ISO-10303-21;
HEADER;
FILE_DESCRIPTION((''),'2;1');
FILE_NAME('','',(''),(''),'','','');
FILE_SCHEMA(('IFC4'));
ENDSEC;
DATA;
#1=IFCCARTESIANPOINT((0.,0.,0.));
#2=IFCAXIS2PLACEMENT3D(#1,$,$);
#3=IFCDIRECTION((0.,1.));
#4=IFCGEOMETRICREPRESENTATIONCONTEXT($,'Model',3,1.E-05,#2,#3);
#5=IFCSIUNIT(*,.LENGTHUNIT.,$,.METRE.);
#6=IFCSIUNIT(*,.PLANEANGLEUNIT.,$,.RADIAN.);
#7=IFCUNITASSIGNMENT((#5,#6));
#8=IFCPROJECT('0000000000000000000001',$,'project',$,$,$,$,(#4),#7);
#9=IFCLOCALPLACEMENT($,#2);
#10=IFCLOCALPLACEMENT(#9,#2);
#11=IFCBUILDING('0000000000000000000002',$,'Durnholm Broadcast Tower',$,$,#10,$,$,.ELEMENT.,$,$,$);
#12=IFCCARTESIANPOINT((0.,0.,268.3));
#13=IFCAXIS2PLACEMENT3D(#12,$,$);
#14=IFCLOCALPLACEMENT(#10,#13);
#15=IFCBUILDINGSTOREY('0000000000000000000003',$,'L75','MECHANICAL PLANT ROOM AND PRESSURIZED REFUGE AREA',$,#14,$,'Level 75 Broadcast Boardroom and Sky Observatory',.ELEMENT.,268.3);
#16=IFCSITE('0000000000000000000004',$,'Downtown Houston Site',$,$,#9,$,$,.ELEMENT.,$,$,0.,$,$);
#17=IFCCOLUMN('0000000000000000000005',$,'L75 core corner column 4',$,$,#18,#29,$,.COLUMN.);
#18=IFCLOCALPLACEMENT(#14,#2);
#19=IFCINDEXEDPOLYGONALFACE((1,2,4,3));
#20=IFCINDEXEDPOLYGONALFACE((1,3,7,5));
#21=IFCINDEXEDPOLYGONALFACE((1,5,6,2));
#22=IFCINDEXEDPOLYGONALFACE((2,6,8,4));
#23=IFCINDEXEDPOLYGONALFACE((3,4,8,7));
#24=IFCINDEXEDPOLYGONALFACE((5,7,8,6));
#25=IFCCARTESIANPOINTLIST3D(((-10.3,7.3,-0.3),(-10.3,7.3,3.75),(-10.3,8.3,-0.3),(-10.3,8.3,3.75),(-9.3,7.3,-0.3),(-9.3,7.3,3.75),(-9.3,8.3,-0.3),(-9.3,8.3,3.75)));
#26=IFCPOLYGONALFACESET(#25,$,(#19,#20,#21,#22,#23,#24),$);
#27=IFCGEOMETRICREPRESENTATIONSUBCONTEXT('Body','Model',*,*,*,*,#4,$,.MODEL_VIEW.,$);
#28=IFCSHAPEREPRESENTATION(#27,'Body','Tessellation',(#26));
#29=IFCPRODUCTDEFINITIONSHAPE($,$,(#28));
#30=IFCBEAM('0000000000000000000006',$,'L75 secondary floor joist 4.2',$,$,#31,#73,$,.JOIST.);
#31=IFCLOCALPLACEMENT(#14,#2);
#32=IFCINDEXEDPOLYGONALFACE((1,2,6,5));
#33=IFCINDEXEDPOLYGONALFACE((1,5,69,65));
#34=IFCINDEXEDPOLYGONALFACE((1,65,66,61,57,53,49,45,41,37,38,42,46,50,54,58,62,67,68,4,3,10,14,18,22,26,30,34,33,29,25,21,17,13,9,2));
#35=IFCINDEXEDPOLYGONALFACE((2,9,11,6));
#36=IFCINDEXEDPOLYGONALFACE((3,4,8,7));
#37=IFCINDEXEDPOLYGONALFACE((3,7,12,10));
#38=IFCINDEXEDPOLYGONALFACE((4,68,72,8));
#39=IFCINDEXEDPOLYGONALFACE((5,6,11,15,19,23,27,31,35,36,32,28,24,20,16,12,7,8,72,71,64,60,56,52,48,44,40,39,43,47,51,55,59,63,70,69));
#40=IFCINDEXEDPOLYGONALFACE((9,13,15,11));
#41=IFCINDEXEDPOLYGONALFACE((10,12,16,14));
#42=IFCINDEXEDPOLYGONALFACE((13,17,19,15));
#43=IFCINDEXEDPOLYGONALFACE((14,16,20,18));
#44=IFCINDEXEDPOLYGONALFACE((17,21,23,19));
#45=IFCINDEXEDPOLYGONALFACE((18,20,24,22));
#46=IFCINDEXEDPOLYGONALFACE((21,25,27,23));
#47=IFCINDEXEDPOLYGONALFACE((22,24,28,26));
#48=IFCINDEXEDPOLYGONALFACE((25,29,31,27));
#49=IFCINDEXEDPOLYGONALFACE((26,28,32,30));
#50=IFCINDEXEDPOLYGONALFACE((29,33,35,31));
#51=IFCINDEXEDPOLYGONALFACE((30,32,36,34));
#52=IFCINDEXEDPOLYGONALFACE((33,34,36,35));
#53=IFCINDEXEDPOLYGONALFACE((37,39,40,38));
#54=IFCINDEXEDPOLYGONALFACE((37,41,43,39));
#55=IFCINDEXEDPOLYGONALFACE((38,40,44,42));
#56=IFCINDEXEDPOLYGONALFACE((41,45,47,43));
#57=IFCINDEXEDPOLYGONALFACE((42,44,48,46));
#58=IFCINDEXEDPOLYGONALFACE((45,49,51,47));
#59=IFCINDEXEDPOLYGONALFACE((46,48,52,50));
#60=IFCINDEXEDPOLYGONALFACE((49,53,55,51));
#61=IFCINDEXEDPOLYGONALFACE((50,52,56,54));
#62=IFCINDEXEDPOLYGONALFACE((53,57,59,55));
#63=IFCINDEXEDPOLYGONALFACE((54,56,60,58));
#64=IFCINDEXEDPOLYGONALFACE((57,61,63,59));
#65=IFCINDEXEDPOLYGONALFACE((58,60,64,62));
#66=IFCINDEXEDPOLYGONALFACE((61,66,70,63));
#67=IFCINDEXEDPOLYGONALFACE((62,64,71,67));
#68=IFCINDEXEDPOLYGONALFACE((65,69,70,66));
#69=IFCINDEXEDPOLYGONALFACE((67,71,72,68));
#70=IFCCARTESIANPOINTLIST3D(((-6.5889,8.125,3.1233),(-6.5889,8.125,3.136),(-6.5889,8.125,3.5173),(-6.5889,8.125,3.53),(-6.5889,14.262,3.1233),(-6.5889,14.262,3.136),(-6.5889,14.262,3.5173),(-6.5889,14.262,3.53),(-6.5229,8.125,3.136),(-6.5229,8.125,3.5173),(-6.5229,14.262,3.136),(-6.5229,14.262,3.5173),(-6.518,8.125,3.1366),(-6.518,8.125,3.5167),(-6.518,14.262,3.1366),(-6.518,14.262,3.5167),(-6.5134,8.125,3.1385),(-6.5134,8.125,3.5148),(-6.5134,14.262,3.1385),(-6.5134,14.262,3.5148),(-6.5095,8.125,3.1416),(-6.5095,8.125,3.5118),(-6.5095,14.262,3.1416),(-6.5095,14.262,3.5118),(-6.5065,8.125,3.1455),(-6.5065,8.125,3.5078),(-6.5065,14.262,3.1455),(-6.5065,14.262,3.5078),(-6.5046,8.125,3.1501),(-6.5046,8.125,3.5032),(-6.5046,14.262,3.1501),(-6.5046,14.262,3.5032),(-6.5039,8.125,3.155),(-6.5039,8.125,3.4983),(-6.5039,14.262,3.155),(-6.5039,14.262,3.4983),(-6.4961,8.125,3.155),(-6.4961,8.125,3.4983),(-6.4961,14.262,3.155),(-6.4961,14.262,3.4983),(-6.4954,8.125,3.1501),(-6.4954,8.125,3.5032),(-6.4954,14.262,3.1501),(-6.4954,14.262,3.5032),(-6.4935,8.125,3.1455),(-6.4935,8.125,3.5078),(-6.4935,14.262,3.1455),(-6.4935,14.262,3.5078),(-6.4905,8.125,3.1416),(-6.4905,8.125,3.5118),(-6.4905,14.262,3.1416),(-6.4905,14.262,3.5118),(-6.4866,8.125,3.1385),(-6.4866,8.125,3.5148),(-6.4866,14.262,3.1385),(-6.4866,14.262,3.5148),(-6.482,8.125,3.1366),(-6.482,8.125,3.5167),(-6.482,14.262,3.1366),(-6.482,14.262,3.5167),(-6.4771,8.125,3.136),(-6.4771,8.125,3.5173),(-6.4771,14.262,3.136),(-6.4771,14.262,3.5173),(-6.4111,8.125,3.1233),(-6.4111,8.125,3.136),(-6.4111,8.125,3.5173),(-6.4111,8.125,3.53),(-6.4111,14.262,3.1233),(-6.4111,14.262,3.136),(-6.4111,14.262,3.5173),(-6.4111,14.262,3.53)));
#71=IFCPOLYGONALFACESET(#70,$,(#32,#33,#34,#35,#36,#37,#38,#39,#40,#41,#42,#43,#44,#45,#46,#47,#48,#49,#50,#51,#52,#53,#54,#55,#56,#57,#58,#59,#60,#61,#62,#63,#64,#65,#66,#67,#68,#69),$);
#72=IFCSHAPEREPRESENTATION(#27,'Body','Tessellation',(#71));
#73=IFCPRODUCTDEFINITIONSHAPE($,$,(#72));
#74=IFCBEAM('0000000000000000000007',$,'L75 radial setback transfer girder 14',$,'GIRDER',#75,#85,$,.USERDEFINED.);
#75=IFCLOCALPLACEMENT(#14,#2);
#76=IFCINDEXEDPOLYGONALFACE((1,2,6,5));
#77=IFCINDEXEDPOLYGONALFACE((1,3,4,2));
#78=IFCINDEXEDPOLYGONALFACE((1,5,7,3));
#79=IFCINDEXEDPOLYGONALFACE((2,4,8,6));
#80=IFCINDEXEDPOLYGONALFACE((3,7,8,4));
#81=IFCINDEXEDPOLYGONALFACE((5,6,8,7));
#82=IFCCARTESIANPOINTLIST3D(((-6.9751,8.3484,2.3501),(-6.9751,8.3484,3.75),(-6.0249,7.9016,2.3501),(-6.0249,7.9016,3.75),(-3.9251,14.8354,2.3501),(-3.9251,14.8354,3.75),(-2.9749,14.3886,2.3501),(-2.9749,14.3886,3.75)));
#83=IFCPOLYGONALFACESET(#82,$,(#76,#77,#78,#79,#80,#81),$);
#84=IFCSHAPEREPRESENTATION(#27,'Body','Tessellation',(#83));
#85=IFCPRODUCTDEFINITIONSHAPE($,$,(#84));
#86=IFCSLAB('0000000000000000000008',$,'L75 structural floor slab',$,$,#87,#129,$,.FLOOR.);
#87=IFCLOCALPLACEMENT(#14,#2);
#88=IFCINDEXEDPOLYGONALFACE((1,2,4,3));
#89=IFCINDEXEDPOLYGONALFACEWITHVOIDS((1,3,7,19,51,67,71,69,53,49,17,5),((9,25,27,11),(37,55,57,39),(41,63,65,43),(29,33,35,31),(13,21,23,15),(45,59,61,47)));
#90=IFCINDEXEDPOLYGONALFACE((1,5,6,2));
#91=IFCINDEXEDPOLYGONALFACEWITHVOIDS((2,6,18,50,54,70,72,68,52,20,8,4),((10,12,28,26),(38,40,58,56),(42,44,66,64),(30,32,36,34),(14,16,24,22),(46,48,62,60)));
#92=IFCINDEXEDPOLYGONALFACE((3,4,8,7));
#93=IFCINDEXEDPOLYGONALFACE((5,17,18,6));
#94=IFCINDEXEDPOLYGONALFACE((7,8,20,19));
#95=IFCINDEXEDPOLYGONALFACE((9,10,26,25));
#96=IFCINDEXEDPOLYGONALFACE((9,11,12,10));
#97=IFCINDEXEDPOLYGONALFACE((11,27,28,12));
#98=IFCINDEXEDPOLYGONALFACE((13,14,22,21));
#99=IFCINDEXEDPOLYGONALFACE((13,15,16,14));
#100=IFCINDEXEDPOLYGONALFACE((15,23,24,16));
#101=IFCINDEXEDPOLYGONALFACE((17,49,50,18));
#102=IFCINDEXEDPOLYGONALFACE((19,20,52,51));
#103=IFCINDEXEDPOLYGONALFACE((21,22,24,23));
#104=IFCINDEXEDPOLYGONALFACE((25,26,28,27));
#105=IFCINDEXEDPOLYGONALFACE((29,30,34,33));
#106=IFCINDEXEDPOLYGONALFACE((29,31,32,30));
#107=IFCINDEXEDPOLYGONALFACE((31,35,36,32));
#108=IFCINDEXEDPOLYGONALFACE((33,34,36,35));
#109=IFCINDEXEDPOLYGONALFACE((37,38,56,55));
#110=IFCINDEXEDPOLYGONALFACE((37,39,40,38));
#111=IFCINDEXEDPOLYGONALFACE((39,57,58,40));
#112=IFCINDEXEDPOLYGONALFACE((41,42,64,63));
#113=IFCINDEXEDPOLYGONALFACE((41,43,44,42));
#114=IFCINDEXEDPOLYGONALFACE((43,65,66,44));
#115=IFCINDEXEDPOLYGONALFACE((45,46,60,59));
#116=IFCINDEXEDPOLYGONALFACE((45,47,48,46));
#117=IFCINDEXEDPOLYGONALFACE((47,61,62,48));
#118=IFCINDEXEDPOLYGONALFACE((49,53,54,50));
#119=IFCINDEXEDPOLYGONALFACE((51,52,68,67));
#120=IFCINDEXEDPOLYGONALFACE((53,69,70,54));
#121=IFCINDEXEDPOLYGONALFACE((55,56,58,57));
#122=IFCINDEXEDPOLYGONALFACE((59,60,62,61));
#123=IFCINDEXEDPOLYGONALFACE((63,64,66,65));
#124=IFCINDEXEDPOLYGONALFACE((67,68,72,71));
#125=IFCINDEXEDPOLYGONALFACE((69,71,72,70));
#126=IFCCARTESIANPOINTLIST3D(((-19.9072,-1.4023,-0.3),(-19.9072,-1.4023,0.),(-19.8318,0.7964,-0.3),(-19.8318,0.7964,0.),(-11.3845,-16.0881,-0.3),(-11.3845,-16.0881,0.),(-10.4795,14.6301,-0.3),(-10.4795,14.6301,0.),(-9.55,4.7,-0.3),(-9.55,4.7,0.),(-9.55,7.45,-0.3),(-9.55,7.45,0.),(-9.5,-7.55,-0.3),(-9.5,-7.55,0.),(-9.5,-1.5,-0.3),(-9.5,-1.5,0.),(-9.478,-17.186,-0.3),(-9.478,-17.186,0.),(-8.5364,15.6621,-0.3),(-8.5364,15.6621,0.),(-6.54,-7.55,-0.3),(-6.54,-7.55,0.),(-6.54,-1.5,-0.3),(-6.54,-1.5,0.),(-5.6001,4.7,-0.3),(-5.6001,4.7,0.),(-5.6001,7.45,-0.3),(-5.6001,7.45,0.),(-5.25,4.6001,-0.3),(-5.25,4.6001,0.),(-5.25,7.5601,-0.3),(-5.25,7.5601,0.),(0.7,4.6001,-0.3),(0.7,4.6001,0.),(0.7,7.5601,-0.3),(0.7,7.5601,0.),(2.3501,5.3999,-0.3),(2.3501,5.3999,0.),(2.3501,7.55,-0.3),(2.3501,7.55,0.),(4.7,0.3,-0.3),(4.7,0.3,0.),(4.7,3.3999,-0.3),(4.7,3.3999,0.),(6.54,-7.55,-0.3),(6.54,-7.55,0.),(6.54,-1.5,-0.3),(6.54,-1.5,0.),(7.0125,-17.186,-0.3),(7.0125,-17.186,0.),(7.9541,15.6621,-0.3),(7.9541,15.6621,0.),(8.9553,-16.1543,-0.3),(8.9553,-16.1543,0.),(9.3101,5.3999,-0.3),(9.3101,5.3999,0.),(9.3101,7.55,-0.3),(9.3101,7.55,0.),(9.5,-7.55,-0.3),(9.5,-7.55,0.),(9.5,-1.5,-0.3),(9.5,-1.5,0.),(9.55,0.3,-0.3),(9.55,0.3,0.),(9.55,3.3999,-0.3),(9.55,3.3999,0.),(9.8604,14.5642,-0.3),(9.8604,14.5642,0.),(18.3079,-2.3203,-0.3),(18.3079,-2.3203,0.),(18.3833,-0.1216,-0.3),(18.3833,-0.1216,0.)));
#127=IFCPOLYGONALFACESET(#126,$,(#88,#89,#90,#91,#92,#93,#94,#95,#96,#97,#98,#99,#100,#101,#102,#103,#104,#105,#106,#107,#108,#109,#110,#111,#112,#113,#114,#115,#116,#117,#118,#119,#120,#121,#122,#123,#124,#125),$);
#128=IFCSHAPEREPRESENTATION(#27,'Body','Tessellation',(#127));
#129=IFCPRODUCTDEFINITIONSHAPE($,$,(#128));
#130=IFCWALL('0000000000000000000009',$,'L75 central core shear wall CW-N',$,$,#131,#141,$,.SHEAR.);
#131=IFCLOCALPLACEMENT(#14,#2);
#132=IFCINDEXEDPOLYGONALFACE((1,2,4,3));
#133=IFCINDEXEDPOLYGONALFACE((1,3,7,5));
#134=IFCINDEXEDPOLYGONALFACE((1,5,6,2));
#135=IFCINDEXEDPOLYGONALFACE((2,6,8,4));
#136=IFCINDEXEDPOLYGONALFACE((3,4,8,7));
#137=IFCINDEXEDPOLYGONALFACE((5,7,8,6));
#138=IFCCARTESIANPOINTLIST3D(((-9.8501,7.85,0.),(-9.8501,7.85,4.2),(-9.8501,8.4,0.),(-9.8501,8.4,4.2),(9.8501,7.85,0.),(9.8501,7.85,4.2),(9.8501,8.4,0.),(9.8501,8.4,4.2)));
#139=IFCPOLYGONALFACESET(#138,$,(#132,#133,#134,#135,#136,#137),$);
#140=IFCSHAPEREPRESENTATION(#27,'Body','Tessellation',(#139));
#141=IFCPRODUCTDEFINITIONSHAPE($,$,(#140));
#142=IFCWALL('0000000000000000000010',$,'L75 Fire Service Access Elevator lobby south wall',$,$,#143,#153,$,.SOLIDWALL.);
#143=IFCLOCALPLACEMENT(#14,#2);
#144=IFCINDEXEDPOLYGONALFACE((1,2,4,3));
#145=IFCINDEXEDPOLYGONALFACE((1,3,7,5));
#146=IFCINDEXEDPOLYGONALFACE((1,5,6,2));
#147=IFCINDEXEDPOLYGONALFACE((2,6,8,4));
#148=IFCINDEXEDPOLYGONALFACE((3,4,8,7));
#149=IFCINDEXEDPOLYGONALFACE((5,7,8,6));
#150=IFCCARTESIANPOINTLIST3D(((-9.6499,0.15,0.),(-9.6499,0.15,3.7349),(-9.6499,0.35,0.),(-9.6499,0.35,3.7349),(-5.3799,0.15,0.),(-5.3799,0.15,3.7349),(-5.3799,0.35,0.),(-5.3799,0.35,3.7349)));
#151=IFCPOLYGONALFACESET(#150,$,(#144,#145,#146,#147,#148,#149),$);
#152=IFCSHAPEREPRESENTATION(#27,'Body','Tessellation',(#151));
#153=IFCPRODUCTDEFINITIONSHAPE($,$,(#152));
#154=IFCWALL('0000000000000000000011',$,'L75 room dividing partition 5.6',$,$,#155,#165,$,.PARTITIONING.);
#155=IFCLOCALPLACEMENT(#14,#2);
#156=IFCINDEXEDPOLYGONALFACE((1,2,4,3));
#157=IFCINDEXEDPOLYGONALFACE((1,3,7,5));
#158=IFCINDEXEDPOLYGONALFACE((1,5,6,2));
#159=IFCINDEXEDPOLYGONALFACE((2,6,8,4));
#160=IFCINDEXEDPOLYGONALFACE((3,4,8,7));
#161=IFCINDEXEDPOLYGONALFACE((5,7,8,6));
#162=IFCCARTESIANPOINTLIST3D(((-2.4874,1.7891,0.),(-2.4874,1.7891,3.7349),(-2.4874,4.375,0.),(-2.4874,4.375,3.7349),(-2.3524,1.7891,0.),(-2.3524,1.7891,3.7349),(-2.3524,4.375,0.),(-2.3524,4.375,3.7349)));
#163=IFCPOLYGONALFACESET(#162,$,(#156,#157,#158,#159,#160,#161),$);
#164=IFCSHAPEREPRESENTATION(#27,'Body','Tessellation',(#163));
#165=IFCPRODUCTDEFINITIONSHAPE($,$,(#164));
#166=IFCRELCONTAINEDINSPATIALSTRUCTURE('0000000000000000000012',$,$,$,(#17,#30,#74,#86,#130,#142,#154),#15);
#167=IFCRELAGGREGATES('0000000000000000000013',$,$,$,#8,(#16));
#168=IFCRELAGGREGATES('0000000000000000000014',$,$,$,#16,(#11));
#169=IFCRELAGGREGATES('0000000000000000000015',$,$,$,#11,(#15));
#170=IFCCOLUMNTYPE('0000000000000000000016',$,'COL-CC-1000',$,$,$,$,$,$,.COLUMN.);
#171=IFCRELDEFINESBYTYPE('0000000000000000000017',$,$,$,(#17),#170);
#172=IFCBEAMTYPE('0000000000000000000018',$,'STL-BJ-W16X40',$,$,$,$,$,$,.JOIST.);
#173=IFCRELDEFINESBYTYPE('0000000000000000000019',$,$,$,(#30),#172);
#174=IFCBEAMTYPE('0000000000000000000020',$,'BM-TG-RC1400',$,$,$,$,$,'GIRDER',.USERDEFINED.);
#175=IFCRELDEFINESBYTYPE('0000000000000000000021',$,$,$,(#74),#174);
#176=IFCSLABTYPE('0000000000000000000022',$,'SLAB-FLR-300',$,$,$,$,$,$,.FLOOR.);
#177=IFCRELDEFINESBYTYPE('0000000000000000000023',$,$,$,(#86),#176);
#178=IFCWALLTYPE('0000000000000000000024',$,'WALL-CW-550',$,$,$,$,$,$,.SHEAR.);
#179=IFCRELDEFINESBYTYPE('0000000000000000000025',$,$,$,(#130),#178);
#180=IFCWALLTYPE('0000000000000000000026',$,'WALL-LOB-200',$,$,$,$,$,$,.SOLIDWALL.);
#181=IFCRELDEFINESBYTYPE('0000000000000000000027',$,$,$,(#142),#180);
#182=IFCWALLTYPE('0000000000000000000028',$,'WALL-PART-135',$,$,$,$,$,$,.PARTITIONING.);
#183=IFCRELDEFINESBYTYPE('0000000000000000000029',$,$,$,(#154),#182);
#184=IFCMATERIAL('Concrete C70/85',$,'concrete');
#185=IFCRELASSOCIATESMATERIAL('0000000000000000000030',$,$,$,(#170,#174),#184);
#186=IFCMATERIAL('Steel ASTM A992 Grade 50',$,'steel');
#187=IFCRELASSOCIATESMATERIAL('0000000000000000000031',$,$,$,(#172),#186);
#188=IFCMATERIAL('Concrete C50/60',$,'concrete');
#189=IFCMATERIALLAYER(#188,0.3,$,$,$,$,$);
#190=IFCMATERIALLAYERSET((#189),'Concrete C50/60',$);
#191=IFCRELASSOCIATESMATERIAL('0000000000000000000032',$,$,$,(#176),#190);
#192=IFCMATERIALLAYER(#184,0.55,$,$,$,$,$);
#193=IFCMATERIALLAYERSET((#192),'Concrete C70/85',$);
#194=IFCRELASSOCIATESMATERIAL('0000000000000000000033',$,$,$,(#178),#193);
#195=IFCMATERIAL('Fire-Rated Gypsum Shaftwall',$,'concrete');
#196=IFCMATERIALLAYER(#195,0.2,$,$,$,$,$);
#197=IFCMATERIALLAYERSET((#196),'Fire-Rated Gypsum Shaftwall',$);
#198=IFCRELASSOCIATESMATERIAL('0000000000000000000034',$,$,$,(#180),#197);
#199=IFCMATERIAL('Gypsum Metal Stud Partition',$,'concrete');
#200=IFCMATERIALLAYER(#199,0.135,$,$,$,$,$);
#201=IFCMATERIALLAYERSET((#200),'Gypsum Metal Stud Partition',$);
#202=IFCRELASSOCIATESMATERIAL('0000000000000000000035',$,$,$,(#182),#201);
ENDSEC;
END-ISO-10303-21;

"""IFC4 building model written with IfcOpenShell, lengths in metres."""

from ifc_helpers import new_model, si_unit, direction, frame, frame_2d, origin, origin_2d, place, context, subcontext, project, spatial, polyline, rectangle, i_section, outline, extrude, source, transform, mapped, material, layer, layer_set, material_profile, profile_set, type_object, type_shapes, element, save


model = new_model("IFC4")

# Units and contexts
model_context = context("Model", 3, precision=1e-05, world=origin(), true_north=direction((0.0, 1.0)))
body_context = subcontext(model_context, "Body", "Model", "MODEL_VIEW")
ifc_project = project(units=[si_unit("LENGTHUNIT", "METRE"), si_unit("PLANEANGLEUNIT", "RADIAN")], contexts=[model_context])

# Site, building, storey
site_placement = place(None, origin())
site = spatial("IfcSite", under=ifc_project, at=site_placement, Name="Downtown Houston Site", CompositionType="ELEMENT", RefElevation=0.0)
building_placement = place(site_placement, origin())
building = spatial("IfcBuilding", under=site, at=building_placement, Name="Durnholm Broadcast Tower", CompositionType="ELEMENT")
storey_placement = place(building_placement, frame((0.0, 0.0, 268.3)))
storey = spatial("IfcBuildingStorey", under=building, at=storey_placement, Name="L75", Description="MECHANICAL PLANT ROOM AND PRESSURIZED REFUGE AREA", LongName="Level 75 Broadcast Boardroom and Sky Observatory", CompositionType="ELEMENT", Elevation=268.3)

# Column
ifc_material_1 = material(Name="Concrete C70/85", Category="concrete")
ifc_material_profile_1 = material_profile(ifc_material_1, rectangle(XDim=1.0, YDim=1.0, at=origin_2d()), Name="RC1000X1000")
ifc_profile_set_1 = profile_set([ifc_material_profile_1], Name="Concrete C70/85")
column_type = type_object("IfcColumnType", Name="COL-CC-1000", PredefinedType="COLUMN", material=ifc_profile_set_1)
shared_shape_1 = source(origin(), body_context, "Body", "SweptSolid", [
    extrude(rectangle(XDim=1.0, YDim=1.0, at=origin_2d()), origin(), (0.0, 0.0, 1.0), 4.05),
])
type_shapes(column_type, [shared_shape_1])
column_placement = place(storey_placement, frame((-9.8, 7.8, -0.3), z_axis=(0.0, 0.0, 1.0), x_axis=(1.0, 0.0, 0.0)))
element("IfcColumn", 1, at=column_placement, inside=storey, type_object=column_type, Name="L75 core corner column 4", PredefinedType="COLUMN", context=body_context, shape_type="MappedRepresentation", body=[
    mapped(shared_shape_1, transform((0.0, 0.0, 0.0), x_axis=(1.0, 0.0, 0.0), y_axis=(0.0, 1.0, 0.0), z_axis=(0.0, 0.0, 1.0), scale=1.0)),
])

# Beams
ifc_material_2 = material(Name="Steel ASTM A992 Grade 50", Category="steel")
ifc_material_profile_2 = material_profile(ifc_material_2, i_section(OverallWidth=0.1777, OverallDepth=0.4067, WebThickness=0.0078, FlangeThickness=0.0127, FilletRadius=0.019, at=origin_2d()), Name="W16X40")
ifc_profile_set_2 = profile_set([ifc_material_profile_2], Name="Steel ASTM A992 Grade 50")
beam_type_1 = type_object("IfcBeamType", Name="STL-BJ-W16X40", PredefinedType="JOIST", material=ifc_profile_set_2)
shared_shape_2 = source(origin(), body_context, "Body", "SweptSolid", [
    extrude(i_section(OverallWidth=0.1777, OverallDepth=0.4067, WebThickness=0.0078, FlangeThickness=0.0127, FilletRadius=0.019, at=origin_2d()), origin(), (0.0, 0.0, 1.0), 6.137),
])
type_shapes(beam_type_1, [shared_shape_2])
beam_1_placement = place(storey_placement, frame((-6.5, 8.125, 3.3267), z_axis=(0.0, 1.0, 0.0), x_axis=(-1.0, 0.0, 0.0)))
element("IfcBeam", 2, at=beam_1_placement, inside=storey, type_object=beam_type_1, Name="L75 secondary floor joist 4.2", PredefinedType="JOIST", context=body_context, shape_type="MappedRepresentation", body=[
    mapped(shared_shape_2, transform((0.0, 0.0, 0.0), x_axis=(1.0, 0.0, 0.0), y_axis=(0.0, 1.0, 0.0), z_axis=(0.0, 0.0, 1.0), scale=1.0)),
])
ifc_material_profile_3 = material_profile(ifc_material_1, rectangle(XDim=1.05, YDim=1.3999, at=origin_2d()), Name="RC1050X1400")
ifc_profile_set_3 = profile_set([ifc_material_profile_3], Name="Concrete C70/85")
beam_type_2 = type_object("IfcBeamType", Name="BM-TG-RC1400", ElementType="GIRDER", PredefinedType="USERDEFINED", material=ifc_profile_set_3)
shared_shape_3 = source(origin(), body_context, "Body", "SweptSolid", [
    extrude(rectangle(XDim=1.05, YDim=1.3999, at=origin_2d()), origin(), (0.0, 0.0, 1.0), 7.1682),
])
type_shapes(beam_type_2, [shared_shape_3])
beam_2_placement = place(storey_placement, frame((-6.5, 8.125, 3.05), z_axis=(0.42549, 0.904963, 0.0), x_axis=(-0.904963, 0.42549, 0.0)))
element("IfcBeam", 3, at=beam_2_placement, inside=storey, type_object=beam_type_2, Name="L75 radial setback transfer girder 14", ObjectType="GIRDER", PredefinedType="USERDEFINED", context=body_context, shape_type="MappedRepresentation", body=[
    mapped(shared_shape_3, transform((0.0, 0.0, 0.0), x_axis=(1.0, 0.0, 0.0), y_axis=(0.0, 1.0, 0.0), z_axis=(0.0, 0.0, 1.0), scale=1.0)),
])

# Slab
ifc_material_3 = material(Name="Concrete C50/60", Category="concrete")
ifc_layer_1 = layer(ifc_material_3, 0.3)
ifc_layer_set_1 = layer_set([ifc_layer_1], Name="Concrete C50/60")
slab_type = type_object("IfcSlabType", Name="SLAB-FLR-300", PredefinedType="FLOOR", material=ifc_layer_set_1)
slab_placement = place(storey_placement, frame((0.0, 0.0, -0.3)))
element("IfcSlab", 4, at=slab_placement, inside=storey, type_object=slab_type, Name="L75 structural floor slab", PredefinedType="FLOOR", context=body_context, shape_type="SweptSolid", body=[
    extrude(outline(polyline([(-11.3845, -16.0881), (-9.478, -17.186), (7.0125, -17.186), (8.9553, -16.1543), (18.3079, -2.3203), (18.3833, -0.1216), (9.8604, 14.5642), (7.9541, 15.6621), (-8.5364, 15.6621), (-10.4795, 14.6301), (-19.8318, 0.7964), (-19.9072, -1.4023), (-11.3845, -16.0881)]), holes=[polyline([(-6.54, -1.5), (-9.5, -1.5), (-9.5, -7.55), (-6.54, -7.55), (-6.54, -1.5)]), polyline([(9.5, -7.55), (9.5, -1.5), (6.54, -1.5), (6.54, -7.55), (9.5, -7.55)]), polyline([(9.55, 3.3999), (4.7, 3.3999), (4.7, 0.3), (9.55, 0.3), (9.55, 3.3999)]), polyline([(-9.55, 7.45), (-9.55, 4.7), (-5.6001, 4.7), (-5.6001, 7.45), (-9.55, 7.45)]), polyline([(-5.25, 4.6001), (0.7, 4.6001), (0.7, 7.5601), (-5.25, 7.5601), (-5.25, 4.6001)]), polyline([(9.3101, 7.55), (2.3501, 7.55), (2.3501, 5.3999), (9.3101, 5.3999), (9.3101, 7.55)])]), origin(), (0.0, 0.0, 1.0), 0.3),
])

# Walls
ifc_layer_2 = layer(ifc_material_1, 0.55)
ifc_layer_set_2 = layer_set([ifc_layer_2], Name="Concrete C70/85")
wall_type_1 = type_object("IfcWallType", Name="WALL-CW-550", PredefinedType="SHEAR", material=ifc_layer_set_2)
wall_1_placement = place(storey_placement, frame((-9.8501, 8.125, 0.0), z_axis=(0.0, 0.0, 1.0), x_axis=(1.0, 0.0, 0.0)))
element("IfcWall", 5, at=wall_1_placement, inside=storey, type_object=wall_type_1, Name="L75 central core shear wall CW-N", PredefinedType="SHEAR", context=body_context, shape_type="SweptSolid", body=[
    extrude(rectangle(XDim=19.7002, YDim=0.55, at=frame_2d((9.8501, 0.0))), origin(), (0.0, 0.0, 1.0), 4.2),
])
ifc_material_4 = material(Name="Fire-Rated Gypsum Shaftwall", Category="concrete")
ifc_layer_3 = layer(ifc_material_4, 0.2)
ifc_layer_set_3 = layer_set([ifc_layer_3], Name="Fire-Rated Gypsum Shaftwall")
wall_type_2 = type_object("IfcWallType", Name="WALL-LOB-200", PredefinedType="SOLIDWALL", material=ifc_layer_set_3)
wall_2_placement = place(storey_placement, frame((-9.6499, 0.25, 0.0), z_axis=(0.0, 0.0, 1.0), x_axis=(1.0, 0.0, 0.0)))
element("IfcWall", 6, at=wall_2_placement, inside=storey, type_object=wall_type_2, Name="L75 Fire Service Access Elevator lobby south wall", PredefinedType="SOLIDWALL", context=body_context, shape_type="SweptSolid", body=[
    extrude(rectangle(XDim=4.27, YDim=0.2, at=frame_2d((2.135, 0.0))), origin(), (0.0, 0.0, 1.0), 3.7349),
])

# Wall
ifc_material_5 = material(Name="Gypsum Metal Stud Partition", Category="concrete")
ifc_layer_4 = layer(ifc_material_5, 0.135)
ifc_layer_set_4 = layer_set([ifc_layer_4], Name="Gypsum Metal Stud Partition")
wall_type_3 = type_object("IfcWallType", Name="WALL-PART-135", PredefinedType="PARTITIONING", material=ifc_layer_set_4)
wall_3_placement = place(storey_placement, frame((-2.4199, 4.375, 0.0), z_axis=(0.0, 0.0, 1.0), x_axis=(0.0, -1.0, 0.0)))
element("IfcWall", 7, at=wall_3_placement, inside=storey, type_object=wall_type_3, Name="L75 room dividing partition 5.6", PredefinedType="PARTITIONING", context=body_context, shape_type="SweptSolid", body=[
    extrude(rectangle(XDim=2.5859, YDim=0.135, at=frame_2d((1.293, 0.0))), origin(), (0.0, 0.0, 1.0), 3.7349),
])

save(model, "model.ifc")
